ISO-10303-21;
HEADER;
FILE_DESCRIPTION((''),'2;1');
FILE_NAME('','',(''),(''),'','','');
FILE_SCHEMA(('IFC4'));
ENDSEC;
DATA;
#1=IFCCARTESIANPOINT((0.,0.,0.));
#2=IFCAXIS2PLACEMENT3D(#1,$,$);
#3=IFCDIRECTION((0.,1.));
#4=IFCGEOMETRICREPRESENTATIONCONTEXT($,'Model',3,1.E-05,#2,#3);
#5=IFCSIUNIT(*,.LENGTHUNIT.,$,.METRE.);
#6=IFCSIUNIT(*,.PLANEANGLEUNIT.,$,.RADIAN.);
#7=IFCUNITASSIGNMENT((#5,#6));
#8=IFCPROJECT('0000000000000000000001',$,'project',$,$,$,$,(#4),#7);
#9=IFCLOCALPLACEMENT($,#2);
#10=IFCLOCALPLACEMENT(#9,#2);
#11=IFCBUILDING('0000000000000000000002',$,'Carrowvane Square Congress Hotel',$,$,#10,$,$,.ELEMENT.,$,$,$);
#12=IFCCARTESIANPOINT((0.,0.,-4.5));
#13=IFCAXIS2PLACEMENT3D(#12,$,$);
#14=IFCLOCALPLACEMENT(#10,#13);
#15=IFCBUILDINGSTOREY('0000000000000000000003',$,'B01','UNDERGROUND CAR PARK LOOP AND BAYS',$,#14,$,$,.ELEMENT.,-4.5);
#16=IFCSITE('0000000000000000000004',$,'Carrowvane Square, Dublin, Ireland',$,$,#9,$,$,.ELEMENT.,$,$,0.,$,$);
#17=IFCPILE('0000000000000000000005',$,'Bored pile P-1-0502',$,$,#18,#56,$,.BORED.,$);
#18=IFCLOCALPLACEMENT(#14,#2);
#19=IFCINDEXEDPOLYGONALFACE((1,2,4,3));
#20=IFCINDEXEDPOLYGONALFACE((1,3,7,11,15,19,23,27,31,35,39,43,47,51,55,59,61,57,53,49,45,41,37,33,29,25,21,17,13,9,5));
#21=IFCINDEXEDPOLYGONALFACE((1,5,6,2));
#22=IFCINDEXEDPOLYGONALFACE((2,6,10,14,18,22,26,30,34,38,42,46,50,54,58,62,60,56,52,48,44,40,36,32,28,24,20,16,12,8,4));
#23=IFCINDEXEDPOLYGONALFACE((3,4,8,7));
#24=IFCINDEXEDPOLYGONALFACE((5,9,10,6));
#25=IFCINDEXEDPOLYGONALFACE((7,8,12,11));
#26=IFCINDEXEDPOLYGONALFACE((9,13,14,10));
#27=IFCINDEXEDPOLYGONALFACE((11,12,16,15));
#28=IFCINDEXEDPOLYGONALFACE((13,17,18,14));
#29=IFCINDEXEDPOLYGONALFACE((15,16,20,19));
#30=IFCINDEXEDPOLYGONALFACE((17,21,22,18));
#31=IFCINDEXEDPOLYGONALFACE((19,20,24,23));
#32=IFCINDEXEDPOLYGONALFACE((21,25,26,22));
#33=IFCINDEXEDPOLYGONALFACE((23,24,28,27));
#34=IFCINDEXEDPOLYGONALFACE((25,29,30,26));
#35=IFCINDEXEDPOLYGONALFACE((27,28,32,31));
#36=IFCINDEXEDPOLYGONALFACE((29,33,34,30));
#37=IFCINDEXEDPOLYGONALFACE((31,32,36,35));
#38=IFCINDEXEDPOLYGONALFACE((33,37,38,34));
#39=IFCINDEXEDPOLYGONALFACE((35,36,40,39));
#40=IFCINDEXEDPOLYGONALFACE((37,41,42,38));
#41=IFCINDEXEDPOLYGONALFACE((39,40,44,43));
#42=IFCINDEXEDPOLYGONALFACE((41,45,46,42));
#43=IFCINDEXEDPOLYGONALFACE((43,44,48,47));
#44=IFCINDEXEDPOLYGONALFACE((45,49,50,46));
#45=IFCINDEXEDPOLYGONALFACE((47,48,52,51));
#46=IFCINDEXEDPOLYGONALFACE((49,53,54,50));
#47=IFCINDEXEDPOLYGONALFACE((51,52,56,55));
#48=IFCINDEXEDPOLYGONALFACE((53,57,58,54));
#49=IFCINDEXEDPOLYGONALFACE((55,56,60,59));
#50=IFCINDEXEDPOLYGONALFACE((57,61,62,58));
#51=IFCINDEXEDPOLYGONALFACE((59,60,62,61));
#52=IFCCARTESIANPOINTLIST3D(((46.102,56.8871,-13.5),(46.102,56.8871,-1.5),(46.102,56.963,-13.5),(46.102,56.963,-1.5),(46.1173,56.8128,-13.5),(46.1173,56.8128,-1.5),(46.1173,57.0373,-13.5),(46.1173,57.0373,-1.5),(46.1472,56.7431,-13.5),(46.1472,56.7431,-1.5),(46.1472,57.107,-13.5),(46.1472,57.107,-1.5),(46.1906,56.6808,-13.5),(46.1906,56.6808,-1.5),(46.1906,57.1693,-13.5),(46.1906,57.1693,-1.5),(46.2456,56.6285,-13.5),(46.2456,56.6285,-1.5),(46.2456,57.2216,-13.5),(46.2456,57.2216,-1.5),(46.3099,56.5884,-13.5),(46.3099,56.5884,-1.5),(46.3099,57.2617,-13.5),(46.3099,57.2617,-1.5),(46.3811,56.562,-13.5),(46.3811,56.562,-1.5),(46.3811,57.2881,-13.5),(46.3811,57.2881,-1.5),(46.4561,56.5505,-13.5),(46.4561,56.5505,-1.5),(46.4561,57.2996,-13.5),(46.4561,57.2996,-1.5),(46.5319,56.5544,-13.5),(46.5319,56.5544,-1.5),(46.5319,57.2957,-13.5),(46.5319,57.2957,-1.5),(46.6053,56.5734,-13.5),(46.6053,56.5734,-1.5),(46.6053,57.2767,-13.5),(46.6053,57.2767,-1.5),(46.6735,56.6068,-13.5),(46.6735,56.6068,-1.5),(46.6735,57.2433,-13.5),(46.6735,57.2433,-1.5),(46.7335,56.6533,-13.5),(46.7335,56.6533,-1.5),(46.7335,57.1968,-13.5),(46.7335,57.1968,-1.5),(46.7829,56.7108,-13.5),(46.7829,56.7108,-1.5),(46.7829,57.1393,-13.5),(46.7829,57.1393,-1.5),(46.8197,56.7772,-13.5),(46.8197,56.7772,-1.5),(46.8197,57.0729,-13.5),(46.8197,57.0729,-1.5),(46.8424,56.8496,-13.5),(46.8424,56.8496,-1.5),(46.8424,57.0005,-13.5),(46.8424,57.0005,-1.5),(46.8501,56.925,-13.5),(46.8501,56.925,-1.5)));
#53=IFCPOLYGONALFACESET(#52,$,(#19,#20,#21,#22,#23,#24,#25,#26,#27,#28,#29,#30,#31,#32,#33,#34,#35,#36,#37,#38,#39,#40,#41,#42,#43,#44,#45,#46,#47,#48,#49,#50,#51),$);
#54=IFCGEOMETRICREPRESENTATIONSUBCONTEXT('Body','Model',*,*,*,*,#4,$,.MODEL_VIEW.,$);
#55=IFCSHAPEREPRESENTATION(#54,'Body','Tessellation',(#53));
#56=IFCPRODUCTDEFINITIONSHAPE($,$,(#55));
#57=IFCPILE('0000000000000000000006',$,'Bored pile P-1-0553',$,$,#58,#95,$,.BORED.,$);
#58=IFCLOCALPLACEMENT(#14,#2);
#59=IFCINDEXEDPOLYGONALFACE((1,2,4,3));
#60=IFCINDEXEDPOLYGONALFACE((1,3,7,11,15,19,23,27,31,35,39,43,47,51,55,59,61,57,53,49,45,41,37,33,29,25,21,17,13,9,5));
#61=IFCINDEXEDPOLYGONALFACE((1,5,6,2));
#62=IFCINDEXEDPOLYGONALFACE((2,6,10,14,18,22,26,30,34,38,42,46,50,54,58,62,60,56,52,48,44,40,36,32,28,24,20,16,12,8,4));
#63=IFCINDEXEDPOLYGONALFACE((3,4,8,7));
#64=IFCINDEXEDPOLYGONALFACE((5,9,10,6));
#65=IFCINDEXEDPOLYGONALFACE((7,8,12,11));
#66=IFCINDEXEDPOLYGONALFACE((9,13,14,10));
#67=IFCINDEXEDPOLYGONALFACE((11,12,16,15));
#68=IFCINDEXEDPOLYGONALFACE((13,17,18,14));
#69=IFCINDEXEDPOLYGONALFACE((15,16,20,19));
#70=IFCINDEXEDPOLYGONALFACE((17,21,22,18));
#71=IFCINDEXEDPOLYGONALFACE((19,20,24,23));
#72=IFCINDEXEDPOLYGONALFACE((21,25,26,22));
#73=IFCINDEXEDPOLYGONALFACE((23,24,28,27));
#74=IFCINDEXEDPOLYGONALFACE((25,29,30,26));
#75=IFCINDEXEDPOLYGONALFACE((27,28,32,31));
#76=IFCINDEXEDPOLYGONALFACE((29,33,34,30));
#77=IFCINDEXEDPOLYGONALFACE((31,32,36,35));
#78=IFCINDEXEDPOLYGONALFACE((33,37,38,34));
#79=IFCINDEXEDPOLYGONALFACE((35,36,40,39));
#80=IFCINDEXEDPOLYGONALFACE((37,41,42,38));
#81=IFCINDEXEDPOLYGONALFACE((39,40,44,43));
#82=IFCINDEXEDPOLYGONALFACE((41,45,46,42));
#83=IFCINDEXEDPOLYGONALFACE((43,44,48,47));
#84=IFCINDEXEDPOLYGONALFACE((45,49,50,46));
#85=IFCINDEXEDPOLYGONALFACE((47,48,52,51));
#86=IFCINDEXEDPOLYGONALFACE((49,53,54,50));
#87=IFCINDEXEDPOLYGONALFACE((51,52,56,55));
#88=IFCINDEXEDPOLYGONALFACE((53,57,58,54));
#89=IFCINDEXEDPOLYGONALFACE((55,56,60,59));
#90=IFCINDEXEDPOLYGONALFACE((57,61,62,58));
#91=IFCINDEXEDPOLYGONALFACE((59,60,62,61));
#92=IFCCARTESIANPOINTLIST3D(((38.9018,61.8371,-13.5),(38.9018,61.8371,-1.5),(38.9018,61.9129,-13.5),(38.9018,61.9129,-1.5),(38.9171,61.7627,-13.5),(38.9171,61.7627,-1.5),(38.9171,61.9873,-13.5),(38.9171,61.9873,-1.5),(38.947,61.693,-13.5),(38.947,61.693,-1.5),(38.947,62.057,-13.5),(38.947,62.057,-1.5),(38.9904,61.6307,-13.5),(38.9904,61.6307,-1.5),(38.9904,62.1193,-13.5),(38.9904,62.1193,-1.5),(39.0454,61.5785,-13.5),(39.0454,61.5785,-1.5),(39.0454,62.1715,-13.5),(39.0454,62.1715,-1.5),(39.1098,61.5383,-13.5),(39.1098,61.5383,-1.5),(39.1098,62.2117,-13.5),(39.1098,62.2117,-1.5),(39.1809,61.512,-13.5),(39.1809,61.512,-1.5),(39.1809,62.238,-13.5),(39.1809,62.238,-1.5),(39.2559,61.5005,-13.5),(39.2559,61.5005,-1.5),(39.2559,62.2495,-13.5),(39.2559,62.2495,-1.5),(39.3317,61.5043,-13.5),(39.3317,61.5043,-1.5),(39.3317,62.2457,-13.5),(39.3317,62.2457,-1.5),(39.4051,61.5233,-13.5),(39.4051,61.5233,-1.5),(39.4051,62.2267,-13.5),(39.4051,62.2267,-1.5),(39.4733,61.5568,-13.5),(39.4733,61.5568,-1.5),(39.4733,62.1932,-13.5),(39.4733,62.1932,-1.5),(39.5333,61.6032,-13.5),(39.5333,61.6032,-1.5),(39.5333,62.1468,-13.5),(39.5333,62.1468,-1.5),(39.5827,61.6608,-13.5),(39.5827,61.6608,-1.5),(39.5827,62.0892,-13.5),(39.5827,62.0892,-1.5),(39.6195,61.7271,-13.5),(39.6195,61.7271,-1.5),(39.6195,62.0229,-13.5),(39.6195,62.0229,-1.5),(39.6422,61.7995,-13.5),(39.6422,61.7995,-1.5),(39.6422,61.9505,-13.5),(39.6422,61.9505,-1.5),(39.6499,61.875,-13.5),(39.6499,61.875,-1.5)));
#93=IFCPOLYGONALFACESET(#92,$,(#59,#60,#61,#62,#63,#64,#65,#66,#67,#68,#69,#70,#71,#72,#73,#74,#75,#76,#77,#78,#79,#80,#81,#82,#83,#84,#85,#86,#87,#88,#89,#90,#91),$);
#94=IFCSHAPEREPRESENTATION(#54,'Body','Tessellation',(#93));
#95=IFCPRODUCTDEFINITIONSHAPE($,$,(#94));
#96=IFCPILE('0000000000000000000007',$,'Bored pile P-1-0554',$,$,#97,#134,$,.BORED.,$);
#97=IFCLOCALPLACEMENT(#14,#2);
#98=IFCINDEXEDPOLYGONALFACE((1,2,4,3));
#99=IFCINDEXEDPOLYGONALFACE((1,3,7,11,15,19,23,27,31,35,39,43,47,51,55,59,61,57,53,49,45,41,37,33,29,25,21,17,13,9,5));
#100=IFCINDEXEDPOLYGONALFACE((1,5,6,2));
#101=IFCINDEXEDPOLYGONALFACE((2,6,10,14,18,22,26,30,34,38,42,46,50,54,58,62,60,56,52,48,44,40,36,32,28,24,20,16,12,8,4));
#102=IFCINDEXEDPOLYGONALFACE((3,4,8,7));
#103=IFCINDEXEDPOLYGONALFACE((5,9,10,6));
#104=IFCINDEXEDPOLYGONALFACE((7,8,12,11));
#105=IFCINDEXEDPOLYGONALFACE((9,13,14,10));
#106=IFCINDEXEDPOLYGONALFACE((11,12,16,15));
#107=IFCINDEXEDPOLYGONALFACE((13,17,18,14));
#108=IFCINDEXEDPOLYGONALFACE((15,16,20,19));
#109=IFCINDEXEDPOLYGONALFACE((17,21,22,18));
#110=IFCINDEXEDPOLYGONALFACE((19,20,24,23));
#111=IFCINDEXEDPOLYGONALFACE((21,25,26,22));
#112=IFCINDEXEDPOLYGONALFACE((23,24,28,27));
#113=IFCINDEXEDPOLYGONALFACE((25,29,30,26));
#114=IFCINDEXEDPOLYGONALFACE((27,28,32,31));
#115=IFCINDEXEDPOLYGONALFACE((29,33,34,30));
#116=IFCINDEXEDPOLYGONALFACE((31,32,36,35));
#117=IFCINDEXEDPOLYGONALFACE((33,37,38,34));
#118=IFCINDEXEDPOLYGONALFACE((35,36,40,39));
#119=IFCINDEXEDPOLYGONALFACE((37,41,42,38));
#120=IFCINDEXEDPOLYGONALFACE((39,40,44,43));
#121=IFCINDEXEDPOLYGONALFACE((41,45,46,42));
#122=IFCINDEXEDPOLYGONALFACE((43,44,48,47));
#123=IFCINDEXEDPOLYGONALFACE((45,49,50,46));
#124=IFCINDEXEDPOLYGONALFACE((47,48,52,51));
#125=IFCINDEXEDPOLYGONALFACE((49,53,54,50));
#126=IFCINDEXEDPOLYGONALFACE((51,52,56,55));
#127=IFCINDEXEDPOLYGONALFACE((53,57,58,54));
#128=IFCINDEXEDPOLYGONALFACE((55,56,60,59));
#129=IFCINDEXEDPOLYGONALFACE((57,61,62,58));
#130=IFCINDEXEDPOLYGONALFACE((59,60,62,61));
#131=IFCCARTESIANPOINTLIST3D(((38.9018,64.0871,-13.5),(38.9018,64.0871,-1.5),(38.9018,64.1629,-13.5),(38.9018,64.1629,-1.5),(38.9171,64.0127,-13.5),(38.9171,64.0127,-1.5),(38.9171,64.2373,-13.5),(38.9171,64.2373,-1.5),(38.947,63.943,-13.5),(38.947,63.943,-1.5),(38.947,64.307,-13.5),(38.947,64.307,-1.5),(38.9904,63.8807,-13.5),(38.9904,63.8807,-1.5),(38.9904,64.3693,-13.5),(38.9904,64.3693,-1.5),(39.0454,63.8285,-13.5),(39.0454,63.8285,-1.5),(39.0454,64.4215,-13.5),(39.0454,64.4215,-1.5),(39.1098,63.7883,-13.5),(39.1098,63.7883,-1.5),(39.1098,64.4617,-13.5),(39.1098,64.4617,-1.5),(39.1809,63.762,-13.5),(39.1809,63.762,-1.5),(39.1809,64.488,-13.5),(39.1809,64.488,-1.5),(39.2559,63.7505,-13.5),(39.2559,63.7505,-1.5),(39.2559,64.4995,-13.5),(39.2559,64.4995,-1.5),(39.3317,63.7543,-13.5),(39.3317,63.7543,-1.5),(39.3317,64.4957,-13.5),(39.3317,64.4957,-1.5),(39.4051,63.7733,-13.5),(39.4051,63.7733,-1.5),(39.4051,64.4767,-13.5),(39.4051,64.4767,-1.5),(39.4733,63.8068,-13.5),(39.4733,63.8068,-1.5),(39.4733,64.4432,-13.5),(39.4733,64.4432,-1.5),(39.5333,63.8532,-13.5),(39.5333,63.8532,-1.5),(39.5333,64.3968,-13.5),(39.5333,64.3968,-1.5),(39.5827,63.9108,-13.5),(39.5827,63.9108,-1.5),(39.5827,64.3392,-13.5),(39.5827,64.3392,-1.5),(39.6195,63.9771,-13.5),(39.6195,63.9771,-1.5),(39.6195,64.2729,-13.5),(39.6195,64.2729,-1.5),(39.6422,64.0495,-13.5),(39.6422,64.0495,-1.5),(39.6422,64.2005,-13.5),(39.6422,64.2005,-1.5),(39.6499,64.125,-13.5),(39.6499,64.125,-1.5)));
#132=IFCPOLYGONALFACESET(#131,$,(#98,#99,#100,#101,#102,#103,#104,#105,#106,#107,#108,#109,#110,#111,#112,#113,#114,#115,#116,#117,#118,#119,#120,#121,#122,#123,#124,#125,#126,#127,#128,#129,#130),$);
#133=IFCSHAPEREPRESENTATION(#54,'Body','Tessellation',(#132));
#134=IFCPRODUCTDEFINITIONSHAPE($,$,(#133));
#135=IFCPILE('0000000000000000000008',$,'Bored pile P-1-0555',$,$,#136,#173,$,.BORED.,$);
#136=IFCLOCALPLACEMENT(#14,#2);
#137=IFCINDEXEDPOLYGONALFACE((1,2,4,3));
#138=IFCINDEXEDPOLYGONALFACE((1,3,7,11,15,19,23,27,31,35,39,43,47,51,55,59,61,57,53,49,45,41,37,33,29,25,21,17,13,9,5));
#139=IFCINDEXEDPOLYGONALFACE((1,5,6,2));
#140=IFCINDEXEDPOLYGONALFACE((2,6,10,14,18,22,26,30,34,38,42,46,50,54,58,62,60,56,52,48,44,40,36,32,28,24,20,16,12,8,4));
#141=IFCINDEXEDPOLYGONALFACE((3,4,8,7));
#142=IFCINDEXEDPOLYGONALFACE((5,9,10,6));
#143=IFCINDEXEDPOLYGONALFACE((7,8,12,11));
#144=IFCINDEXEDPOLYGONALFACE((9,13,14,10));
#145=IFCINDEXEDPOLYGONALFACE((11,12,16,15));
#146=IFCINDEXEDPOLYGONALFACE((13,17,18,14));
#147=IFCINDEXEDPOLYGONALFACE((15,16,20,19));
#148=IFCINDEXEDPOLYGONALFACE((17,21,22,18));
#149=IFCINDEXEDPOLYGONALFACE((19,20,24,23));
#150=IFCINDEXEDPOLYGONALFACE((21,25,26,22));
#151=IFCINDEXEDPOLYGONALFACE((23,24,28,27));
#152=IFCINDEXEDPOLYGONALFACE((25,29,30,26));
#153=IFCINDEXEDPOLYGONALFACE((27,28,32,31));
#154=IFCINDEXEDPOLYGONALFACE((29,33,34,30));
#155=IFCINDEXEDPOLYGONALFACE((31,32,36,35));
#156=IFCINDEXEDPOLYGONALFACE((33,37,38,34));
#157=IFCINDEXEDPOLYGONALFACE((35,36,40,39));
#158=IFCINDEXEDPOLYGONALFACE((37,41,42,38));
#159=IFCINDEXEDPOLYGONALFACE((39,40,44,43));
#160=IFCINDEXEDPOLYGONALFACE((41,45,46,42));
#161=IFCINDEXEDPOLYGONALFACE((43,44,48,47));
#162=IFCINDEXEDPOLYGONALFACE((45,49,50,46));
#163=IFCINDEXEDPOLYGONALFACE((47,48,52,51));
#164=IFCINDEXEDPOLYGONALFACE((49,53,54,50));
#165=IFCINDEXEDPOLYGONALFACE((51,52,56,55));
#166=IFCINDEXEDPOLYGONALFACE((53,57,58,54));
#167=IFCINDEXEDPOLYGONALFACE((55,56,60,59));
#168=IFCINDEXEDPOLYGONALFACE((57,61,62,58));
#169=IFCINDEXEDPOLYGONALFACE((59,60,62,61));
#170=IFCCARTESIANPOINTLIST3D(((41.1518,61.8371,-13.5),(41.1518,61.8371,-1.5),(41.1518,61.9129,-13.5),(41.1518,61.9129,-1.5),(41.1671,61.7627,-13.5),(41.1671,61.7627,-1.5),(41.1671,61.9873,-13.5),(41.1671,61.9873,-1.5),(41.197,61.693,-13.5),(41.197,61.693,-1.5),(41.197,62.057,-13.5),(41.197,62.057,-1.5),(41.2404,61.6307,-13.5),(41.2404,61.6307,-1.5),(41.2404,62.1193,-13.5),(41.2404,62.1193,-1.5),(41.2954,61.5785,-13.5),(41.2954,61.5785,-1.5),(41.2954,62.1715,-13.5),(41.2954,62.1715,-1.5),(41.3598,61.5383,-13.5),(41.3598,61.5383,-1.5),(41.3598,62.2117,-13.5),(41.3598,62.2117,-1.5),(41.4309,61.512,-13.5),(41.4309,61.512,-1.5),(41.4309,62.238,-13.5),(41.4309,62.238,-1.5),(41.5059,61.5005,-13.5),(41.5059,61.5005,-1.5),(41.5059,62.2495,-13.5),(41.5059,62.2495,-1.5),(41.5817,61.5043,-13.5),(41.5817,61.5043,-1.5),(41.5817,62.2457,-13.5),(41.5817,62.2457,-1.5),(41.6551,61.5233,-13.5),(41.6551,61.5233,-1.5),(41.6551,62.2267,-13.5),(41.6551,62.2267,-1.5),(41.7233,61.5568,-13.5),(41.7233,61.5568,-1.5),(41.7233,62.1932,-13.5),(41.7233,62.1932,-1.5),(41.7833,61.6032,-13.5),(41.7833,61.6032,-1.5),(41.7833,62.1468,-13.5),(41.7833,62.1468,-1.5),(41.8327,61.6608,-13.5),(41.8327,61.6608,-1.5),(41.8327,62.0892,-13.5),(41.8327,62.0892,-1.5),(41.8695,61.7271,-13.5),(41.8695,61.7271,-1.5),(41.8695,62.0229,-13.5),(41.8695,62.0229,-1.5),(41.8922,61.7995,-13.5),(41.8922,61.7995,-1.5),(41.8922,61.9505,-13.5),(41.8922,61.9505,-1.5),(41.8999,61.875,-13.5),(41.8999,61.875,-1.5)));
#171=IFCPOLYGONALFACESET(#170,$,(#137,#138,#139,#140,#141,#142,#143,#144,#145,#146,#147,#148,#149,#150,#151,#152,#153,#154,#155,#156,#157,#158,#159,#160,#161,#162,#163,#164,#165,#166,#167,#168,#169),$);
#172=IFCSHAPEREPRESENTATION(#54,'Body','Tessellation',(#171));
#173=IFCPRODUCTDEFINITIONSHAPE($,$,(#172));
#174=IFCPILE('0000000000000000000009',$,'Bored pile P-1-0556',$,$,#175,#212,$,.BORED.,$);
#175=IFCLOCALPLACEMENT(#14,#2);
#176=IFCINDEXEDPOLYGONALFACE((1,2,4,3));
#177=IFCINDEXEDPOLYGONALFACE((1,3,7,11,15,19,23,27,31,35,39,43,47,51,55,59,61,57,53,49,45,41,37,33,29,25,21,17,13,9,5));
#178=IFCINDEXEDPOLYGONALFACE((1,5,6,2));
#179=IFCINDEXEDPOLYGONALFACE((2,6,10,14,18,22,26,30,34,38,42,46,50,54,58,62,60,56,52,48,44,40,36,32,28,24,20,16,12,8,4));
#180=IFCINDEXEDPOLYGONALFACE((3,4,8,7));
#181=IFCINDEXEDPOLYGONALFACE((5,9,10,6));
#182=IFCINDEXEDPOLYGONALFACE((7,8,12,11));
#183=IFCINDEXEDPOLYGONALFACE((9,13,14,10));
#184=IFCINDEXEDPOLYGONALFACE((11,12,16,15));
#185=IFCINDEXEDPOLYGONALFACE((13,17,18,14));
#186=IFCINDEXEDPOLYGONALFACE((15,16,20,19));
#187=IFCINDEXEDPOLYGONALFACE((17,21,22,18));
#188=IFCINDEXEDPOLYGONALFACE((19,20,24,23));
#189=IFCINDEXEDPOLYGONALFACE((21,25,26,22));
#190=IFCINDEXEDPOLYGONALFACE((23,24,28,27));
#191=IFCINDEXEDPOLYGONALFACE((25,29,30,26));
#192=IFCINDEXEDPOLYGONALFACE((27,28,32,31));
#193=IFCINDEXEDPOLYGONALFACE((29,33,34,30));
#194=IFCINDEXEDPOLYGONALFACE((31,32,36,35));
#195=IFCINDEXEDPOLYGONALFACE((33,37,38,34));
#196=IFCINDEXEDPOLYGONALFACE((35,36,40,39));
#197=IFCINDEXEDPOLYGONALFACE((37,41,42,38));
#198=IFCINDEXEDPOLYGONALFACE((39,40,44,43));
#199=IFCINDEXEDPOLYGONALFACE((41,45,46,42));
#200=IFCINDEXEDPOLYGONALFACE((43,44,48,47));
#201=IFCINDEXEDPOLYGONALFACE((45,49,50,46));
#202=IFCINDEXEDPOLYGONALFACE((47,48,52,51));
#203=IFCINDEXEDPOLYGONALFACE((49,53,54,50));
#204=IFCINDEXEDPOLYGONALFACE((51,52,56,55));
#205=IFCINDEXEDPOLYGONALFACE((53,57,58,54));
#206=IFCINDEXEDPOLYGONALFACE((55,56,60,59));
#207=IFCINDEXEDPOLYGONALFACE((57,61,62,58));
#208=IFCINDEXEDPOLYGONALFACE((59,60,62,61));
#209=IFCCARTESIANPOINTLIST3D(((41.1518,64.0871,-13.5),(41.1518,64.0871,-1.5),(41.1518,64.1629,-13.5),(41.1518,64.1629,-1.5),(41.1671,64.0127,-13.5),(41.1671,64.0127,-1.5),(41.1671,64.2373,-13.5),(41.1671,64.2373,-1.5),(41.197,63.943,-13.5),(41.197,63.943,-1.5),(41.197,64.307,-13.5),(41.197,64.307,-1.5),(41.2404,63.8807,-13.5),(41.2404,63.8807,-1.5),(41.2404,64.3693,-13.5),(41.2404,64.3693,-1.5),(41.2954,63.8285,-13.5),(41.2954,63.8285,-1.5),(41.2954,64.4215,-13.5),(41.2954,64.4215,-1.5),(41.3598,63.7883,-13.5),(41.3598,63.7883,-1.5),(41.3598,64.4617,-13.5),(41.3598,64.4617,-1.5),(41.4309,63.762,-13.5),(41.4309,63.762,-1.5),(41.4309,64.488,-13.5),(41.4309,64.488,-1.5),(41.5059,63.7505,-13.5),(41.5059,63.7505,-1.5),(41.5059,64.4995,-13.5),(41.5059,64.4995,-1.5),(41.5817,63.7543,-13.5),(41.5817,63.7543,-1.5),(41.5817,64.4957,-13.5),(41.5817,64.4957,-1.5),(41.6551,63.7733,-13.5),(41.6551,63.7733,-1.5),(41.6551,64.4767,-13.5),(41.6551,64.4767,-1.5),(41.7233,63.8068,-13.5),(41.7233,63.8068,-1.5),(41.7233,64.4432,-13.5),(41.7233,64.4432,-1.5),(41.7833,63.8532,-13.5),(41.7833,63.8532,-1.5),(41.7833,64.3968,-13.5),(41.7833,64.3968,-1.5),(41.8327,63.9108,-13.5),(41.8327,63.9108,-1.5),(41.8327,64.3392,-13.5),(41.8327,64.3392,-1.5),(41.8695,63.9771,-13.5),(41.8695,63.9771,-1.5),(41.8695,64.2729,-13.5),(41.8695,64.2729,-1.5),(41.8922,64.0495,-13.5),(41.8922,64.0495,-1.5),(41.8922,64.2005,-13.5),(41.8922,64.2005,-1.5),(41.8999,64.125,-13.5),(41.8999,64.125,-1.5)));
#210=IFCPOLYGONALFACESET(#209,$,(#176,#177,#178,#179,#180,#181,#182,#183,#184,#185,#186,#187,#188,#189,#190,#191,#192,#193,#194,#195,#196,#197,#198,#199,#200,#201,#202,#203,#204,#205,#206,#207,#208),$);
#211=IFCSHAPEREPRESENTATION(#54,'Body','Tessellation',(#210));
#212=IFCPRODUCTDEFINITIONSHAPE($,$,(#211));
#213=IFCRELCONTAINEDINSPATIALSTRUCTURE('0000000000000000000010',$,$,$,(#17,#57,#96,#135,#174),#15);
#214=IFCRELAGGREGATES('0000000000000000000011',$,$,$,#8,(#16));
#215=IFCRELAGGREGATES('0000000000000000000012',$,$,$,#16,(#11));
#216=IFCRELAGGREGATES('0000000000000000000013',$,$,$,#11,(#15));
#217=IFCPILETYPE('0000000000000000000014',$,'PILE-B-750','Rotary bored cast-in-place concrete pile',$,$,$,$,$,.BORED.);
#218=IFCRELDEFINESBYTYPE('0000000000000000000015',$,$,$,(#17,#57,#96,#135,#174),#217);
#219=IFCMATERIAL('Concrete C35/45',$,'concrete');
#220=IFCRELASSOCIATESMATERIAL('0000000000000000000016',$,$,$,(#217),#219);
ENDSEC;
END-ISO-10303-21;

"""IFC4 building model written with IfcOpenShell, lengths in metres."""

from ifc_helpers import new_model, si_unit, direction, frame, origin, origin_2d, place, context, subcontext, project, spatial, circle, extrude, material, material_profile, profile_set, type_object, element, save


model = new_model("IFC4")

# Units and contexts
model_context = context("Model", 3, precision=1e-05, world=origin(), true_north=direction((0.0, 1.0)))
body_context = subcontext(model_context, "Body", "Model", "MODEL_VIEW")
ifc_project = project(units=[si_unit("LENGTHUNIT", "METRE"), si_unit("PLANEANGLEUNIT", "RADIAN")], contexts=[model_context])

# Site, building, storey
site_placement = place(None, origin())
site = spatial("IfcSite", under=ifc_project, at=site_placement, Name="Carrowvane Square, Dublin, Ireland", CompositionType="ELEMENT", RefElevation=0.0)
building_placement = place(site_placement, origin())
building = spatial("IfcBuilding", under=site, at=building_placement, Name="Carrowvane Square Congress Hotel", CompositionType="ELEMENT")
storey_placement = place(building_placement, frame((0.0, 0.0, -4.5)))
storey = spatial("IfcBuildingStorey", under=building, at=storey_placement, Name="B01", Description="UNDERGROUND CAR PARK LOOP AND BAYS", CompositionType="ELEMENT", Elevation=-4.5)

# Piles
ifc_material_1 = material(Name="Concrete C35/45", Category="concrete")
ifc_material_profile_1 = material_profile(ifc_material_1, circle(Radius=0.375, at=origin_2d()), Name="PILE D750")
ifc_profile_set_1 = profile_set([ifc_material_profile_1], Name="Concrete C35/45")
pile_type = type_object("IfcPileType", Name="PILE-B-750", Description="Rotary bored cast-in-place concrete pile", PredefinedType="BORED", material=ifc_profile_set_1)
for number, where, z_axis, x_axis, name in (
    (1, (46.4751, 56.925, -1.5), (0.0, 0.0, -1.0), (1.0, 0.0, 0.0), "Bored pile P-1-0502"),
    (2, (39.2749, 61.875, -1.5), (0.0, 0.0, -1.0), (1.0, 0.0, 0.0), "Bored pile P-1-0553"),
    (3, (39.2749, 64.125, -1.5), (0.0, 0.0, -1.0), (1.0, 0.0, 0.0), "Bored pile P-1-0554"),
    (4, (41.5249, 61.875, -1.5), (0.0, 0.0, -1.0), (1.0, 0.0, 0.0), "Bored pile P-1-0555"),
    (5, (41.5249, 64.125, -1.5), (0.0, 0.0, -1.0), (1.0, 0.0, 0.0), "Bored pile P-1-0556"),
):
    element("IfcPile", number, at=place(storey_placement, frame(where, z_axis=z_axis, x_axis=x_axis)), inside=storey, type_object=pile_type, Name=name, PredefinedType="BORED", context=body_context, shape_type="SweptSolid", body=[
        extrude(circle(Radius=0.375, at=origin_2d()), origin(), (0.0, 0.0, 1.0), 12.0),
    ])

save(model, "model.ifc")
